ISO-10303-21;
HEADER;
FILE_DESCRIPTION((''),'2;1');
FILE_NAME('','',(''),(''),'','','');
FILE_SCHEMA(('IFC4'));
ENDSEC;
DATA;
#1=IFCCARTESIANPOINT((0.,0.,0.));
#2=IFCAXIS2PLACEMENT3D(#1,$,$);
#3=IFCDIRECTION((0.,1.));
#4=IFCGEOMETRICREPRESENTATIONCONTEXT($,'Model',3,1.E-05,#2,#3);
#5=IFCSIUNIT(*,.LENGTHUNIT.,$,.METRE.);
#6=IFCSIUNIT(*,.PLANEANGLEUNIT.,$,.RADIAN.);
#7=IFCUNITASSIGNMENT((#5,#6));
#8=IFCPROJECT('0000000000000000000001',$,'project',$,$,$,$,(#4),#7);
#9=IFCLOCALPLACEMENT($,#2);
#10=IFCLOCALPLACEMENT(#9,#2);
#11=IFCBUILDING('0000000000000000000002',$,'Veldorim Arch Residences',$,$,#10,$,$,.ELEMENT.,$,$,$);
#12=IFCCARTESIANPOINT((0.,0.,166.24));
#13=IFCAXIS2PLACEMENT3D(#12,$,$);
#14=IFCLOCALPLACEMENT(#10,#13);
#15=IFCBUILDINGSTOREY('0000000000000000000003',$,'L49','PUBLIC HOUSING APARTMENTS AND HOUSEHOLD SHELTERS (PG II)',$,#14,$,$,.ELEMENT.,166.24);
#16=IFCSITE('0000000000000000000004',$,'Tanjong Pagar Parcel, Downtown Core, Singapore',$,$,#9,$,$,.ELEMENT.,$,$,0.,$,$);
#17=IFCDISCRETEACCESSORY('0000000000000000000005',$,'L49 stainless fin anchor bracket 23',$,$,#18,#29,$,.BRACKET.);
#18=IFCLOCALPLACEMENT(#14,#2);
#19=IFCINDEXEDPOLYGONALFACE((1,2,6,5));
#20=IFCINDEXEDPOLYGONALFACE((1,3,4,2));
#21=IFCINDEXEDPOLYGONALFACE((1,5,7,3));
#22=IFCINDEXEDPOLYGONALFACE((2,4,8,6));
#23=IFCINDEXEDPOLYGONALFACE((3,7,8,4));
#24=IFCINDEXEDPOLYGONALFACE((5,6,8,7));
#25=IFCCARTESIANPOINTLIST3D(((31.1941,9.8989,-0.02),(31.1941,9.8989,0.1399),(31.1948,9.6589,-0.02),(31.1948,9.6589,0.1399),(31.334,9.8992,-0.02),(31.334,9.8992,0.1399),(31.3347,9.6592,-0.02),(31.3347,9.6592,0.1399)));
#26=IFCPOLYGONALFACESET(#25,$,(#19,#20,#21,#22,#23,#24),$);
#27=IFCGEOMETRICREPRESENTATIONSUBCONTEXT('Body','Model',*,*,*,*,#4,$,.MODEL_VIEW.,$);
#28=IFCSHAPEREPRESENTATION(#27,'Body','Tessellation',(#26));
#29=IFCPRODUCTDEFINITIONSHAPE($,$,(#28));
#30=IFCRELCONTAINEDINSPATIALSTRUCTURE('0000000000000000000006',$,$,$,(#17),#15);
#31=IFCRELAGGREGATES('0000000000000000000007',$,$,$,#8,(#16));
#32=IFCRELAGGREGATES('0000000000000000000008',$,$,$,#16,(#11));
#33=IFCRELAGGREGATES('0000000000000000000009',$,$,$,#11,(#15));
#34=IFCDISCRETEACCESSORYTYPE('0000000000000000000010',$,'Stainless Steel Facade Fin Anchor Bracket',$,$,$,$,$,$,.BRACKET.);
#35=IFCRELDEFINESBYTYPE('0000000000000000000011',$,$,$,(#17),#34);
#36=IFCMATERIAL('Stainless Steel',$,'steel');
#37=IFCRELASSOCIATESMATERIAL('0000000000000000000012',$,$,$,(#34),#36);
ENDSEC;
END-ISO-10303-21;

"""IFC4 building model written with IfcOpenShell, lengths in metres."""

from ifc_helpers import new_model, si_unit, direction, frame, origin, origin_2d, place, context, subcontext, project, spatial, rectangle, extrude, material, type_object, element, save


model = new_model("IFC4")

# Units and contexts
model_context = context("Model", 3, precision=1e-05, world=origin(), true_north=direction((0.0, 1.0)))
body_context = subcontext(model_context, "Body", "Model", "MODEL_VIEW")
ifc_project = project(units=[si_unit("LENGTHUNIT", "METRE"), si_unit("PLANEANGLEUNIT", "RADIAN")], contexts=[model_context])

# Site, building, storey
site_placement = place(None, origin())
site = spatial("IfcSite", under=ifc_project, at=site_placement, Name="Tanjong Pagar Parcel, Downtown Core, Singapore", CompositionType="ELEMENT", RefElevation=0.0)
building_placement = place(site_placement, origin())
building = spatial("IfcBuilding", under=site, at=building_placement, Name="Veldorim Arch Residences", CompositionType="ELEMENT")
storey_placement = place(building_placement, frame((0.0, 0.0, 166.24)))
storey = spatial("IfcBuildingStorey", under=building, at=storey_placement, Name="L49", Description="PUBLIC HOUSING APARTMENTS AND HOUSEHOLD SHELTERS (PG II)", CompositionType="ELEMENT", Elevation=166.24)

# Discrete accessory
ifc_material_1 = material(Name="Stainless Steel", Category="steel")
discrete_accessory_type = type_object("IfcDiscreteAccessoryType", Name="Stainless Steel Facade Fin Anchor Bracket", PredefinedType="BRACKET", material=ifc_material_1)
discrete_accessory_placement = place(storey_placement, frame((31.2644, 9.7791, -0.02), z_axis=(0.0, 0.0, 1.0), x_axis=(-0.999997, -0.002618, 0.0)))
element("IfcDiscreteAccessory", 1, at=discrete_accessory_placement, inside=storey, type_object=discrete_accessory_type, Name="L49 stainless fin anchor bracket 23", PredefinedType="BRACKET", context=body_context, shape_type="SweptSolid", body=[
    extrude(rectangle(XDim=0.1399, YDim=0.24, at=origin_2d()), origin(), (0.0, 0.0, 1.0), 0.1599),
])

save(model, "model.ifc")
